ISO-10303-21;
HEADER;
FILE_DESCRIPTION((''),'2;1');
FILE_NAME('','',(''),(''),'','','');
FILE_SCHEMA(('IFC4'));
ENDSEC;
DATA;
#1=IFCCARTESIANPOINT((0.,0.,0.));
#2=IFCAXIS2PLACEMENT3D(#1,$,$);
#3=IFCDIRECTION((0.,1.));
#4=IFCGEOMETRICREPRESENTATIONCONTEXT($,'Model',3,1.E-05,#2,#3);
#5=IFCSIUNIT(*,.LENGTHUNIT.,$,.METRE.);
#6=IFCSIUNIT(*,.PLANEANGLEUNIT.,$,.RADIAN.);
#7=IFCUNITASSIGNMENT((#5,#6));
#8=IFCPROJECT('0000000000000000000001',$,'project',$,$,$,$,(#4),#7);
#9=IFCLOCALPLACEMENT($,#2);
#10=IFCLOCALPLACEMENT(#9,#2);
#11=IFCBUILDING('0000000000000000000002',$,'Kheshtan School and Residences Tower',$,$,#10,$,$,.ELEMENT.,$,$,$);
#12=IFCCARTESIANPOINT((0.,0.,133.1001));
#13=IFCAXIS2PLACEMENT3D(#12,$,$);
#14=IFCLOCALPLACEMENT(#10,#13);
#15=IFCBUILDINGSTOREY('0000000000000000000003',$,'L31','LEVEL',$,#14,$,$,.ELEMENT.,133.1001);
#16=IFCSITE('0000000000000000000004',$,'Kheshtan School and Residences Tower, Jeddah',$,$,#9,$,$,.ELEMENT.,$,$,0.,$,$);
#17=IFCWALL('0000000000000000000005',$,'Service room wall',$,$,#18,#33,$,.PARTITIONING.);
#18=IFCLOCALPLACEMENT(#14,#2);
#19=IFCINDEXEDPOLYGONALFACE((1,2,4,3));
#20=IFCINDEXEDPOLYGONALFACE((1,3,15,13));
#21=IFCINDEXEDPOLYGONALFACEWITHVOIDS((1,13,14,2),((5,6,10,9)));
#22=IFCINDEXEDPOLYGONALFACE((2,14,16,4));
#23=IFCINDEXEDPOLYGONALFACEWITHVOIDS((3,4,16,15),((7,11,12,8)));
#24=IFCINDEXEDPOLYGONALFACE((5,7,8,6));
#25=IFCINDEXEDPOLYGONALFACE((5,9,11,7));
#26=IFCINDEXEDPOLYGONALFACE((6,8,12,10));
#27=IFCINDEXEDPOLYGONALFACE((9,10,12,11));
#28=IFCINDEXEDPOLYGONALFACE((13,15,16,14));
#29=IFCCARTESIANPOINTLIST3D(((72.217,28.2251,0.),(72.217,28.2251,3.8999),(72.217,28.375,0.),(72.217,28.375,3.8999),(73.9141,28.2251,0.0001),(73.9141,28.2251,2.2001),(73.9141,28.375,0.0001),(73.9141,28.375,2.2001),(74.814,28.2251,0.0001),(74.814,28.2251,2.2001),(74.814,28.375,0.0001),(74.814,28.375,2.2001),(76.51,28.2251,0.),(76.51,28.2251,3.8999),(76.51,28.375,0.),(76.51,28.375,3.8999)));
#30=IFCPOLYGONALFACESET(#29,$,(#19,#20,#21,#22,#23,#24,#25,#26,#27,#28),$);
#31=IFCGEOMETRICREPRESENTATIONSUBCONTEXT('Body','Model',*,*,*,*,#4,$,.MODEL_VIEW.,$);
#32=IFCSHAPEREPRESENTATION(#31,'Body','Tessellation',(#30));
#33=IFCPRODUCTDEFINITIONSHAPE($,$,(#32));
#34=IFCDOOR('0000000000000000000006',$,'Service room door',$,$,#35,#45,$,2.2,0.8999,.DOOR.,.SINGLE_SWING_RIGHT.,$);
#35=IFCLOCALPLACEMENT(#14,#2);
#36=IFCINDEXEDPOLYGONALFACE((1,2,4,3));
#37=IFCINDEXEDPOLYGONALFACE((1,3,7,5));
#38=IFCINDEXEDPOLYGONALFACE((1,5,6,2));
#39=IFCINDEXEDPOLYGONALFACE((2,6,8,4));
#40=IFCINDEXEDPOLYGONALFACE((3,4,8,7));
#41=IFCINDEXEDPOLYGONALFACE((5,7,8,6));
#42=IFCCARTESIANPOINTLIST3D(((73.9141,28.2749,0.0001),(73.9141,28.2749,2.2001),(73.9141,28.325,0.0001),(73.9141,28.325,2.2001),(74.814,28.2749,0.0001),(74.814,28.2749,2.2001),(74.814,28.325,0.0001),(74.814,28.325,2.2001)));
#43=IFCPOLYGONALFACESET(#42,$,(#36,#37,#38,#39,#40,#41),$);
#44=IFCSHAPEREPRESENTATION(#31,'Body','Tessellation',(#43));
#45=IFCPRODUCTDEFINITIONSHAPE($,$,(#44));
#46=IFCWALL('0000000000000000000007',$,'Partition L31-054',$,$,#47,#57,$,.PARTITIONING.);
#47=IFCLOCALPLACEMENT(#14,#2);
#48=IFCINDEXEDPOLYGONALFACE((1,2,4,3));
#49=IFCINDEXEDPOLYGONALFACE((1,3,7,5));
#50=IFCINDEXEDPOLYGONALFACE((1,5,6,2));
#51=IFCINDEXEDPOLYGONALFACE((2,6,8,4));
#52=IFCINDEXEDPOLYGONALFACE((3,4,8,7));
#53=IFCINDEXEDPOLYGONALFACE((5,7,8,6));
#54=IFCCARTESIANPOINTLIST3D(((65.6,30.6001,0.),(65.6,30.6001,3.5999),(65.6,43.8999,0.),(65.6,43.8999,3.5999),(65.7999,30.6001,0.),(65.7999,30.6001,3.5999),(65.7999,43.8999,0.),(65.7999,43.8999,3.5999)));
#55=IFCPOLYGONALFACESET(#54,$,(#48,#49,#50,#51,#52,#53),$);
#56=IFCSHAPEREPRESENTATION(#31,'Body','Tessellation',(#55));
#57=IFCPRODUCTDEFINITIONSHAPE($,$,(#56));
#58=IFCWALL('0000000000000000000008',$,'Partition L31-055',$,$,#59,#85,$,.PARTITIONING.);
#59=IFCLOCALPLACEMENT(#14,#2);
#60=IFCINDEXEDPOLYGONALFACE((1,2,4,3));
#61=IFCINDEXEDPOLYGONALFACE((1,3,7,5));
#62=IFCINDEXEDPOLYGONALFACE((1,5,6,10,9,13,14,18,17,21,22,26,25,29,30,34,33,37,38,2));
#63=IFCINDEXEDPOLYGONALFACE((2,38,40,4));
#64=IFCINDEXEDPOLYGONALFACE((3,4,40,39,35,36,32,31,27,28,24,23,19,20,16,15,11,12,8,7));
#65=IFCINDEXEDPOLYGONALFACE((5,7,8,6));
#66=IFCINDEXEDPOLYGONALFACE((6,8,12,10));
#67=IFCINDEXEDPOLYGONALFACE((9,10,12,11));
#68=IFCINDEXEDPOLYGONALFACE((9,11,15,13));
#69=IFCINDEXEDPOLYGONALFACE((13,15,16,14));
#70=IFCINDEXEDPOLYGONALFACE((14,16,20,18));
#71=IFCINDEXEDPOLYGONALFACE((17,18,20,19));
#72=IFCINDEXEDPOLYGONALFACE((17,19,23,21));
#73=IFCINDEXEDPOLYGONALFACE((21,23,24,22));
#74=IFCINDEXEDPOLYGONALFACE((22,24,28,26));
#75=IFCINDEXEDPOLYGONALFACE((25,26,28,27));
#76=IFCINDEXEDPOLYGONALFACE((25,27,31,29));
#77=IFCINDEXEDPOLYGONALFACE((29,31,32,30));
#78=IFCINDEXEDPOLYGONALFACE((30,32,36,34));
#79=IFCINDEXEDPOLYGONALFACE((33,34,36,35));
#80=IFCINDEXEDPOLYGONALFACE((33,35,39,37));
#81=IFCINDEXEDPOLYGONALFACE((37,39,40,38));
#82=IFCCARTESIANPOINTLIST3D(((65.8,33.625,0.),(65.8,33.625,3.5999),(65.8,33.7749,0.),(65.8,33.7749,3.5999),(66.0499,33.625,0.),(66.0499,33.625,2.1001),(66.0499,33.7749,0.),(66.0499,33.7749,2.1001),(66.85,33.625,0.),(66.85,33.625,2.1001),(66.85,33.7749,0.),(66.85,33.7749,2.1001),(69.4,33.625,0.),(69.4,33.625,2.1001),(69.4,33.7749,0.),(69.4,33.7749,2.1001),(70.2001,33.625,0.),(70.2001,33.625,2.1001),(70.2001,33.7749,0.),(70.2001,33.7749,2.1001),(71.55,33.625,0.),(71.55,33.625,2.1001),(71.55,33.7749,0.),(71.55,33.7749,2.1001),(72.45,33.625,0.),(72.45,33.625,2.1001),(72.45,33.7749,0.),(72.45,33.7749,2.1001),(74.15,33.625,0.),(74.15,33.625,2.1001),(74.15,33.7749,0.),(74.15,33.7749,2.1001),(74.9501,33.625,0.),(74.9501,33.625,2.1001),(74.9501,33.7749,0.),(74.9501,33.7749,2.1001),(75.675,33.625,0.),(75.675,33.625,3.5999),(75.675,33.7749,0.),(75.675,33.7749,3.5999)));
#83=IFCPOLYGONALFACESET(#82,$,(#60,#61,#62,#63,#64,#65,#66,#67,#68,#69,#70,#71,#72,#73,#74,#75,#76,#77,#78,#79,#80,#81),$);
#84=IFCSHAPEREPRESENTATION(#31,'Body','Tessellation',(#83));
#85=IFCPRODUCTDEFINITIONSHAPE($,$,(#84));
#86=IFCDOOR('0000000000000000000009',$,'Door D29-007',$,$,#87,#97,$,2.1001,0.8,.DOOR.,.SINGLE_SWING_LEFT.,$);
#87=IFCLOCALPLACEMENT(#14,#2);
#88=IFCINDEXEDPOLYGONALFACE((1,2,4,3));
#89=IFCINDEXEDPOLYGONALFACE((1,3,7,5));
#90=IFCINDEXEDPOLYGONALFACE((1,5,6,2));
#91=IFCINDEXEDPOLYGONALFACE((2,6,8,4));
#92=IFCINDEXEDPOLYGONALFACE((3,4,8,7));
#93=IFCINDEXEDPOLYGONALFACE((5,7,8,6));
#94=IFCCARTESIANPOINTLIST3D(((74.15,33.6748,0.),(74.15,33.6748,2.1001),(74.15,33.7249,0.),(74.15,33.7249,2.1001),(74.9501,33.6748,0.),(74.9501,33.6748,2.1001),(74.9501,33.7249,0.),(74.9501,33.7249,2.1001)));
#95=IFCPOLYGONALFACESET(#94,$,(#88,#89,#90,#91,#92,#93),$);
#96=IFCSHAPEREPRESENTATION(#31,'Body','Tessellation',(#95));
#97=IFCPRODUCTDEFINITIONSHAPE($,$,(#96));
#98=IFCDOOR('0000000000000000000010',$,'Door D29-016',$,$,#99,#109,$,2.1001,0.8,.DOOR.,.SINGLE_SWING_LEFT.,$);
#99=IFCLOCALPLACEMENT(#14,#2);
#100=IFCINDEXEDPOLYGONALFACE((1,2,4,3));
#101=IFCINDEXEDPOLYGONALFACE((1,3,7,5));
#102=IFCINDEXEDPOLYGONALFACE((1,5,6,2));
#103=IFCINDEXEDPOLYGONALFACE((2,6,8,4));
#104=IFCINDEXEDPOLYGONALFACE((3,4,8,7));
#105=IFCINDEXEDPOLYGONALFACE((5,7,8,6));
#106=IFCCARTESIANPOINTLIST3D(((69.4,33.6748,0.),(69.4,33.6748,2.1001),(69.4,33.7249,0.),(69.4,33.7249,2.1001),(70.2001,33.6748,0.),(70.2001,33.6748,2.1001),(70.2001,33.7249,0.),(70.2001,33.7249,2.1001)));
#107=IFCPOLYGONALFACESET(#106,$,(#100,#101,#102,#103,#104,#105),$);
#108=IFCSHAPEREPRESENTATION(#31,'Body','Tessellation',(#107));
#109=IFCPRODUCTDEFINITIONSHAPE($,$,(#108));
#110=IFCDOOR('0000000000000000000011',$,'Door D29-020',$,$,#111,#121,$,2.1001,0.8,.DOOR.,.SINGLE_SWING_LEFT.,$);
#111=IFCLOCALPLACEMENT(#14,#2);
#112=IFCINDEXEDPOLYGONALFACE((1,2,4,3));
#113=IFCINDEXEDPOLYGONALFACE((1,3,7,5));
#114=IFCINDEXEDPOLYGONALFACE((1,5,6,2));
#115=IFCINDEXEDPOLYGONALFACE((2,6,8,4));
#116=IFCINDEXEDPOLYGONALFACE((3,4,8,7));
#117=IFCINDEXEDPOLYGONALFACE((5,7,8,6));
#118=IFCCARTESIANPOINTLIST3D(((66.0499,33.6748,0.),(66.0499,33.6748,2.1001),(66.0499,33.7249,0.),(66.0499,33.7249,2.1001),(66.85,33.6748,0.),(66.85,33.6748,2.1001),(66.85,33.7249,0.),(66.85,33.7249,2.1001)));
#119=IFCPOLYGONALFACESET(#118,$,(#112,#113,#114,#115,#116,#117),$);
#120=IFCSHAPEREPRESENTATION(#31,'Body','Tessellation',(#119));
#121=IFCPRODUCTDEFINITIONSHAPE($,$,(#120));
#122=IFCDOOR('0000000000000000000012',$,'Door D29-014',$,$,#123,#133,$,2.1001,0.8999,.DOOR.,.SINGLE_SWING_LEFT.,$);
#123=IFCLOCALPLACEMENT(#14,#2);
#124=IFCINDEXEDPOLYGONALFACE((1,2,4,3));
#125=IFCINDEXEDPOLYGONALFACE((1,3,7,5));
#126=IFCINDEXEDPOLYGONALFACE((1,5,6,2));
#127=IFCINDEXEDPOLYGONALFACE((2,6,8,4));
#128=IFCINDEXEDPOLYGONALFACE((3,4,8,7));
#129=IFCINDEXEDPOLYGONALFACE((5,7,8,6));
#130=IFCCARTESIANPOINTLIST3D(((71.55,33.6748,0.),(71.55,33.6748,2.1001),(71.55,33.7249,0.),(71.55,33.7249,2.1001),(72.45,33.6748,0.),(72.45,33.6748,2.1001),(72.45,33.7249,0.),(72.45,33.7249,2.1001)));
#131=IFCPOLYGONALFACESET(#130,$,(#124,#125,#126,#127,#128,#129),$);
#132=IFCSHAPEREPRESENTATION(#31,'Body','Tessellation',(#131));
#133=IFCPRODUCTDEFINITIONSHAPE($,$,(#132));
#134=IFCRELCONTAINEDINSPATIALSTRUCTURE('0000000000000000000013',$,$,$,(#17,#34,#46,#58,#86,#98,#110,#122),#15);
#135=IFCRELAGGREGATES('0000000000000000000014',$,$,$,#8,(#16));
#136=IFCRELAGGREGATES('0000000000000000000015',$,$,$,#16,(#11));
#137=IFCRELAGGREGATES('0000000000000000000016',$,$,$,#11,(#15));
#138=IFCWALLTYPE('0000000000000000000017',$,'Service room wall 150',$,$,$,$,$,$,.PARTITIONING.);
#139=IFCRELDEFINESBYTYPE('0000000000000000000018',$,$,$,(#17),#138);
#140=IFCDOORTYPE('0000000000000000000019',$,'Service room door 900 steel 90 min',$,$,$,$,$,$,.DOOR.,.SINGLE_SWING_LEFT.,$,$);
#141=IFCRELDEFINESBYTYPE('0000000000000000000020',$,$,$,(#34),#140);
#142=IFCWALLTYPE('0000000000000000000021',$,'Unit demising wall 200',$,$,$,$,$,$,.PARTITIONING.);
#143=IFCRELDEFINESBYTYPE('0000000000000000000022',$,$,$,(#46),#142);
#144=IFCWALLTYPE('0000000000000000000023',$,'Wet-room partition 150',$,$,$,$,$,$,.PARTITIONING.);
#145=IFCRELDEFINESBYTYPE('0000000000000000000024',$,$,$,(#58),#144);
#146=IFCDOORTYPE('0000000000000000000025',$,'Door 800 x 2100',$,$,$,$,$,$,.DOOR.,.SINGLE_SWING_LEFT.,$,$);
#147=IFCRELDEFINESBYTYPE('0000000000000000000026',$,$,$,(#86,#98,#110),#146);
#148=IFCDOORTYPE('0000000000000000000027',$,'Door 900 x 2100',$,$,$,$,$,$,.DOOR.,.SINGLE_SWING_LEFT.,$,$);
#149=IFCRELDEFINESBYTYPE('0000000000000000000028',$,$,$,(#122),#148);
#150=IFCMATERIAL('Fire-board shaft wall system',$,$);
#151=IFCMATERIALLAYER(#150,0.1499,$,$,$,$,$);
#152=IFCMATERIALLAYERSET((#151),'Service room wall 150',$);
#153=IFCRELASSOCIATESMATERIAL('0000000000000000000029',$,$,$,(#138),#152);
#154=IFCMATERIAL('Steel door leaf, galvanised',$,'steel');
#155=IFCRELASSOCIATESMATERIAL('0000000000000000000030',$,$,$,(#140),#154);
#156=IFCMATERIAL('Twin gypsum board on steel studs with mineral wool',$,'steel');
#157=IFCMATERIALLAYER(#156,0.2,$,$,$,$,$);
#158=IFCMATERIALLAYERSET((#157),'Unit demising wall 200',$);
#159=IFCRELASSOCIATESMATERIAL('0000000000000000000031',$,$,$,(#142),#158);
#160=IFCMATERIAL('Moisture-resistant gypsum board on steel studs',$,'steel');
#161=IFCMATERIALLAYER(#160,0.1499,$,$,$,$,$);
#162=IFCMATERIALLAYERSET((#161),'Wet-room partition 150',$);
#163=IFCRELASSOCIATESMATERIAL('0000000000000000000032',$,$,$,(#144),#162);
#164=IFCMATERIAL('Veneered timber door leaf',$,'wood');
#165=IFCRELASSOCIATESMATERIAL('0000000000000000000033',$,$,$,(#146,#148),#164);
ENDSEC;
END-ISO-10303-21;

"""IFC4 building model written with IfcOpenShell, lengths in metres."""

from ifc_helpers import new_model, si_unit, direction, frame, frame_2d, origin, place, context, subcontext, project, spatial, rectangle, extrude, source, transform, mapped, material, layer, layer_set, type_object, element, fill, save


model = new_model("IFC4")

# Units and contexts
model_context = context("Model", 3, precision=1e-05, world=origin(), true_north=direction((0.0, 1.0)))
body_context = subcontext(model_context, "Body", "Model", "MODEL_VIEW")
ifc_project = project(units=[si_unit("LENGTHUNIT", "METRE"), si_unit("PLANEANGLEUNIT", "RADIAN")], contexts=[model_context])

# Site, building, storey
site_placement = place(None, origin())
site = spatial("IfcSite", under=ifc_project, at=site_placement, Name="Kheshtan School and Residences Tower, Jeddah", CompositionType="ELEMENT", RefElevation=0.0)
building_placement = place(site_placement, origin())
building = spatial("IfcBuilding", under=site, at=building_placement, Name="Kheshtan School and Residences Tower", CompositionType="ELEMENT")
storey_placement = place(building_placement, frame((0.0, 0.0, 133.1001)))
storey = spatial("IfcBuildingStorey", under=building, at=storey_placement, Name="L31", Description="LEVEL", CompositionType="ELEMENT", Elevation=133.1001)

# Wall, opening, door
ifc_material_1 = material(Name="Fire-board shaft wall system")
ifc_layer_1 = layer(ifc_material_1, 0.1499)
ifc_layer_set_1 = layer_set([ifc_layer_1], Name="Service room wall 150")
wall_type_1 = type_object("IfcWallType", Name="Service room wall 150", PredefinedType="PARTITIONING", material=ifc_layer_set_1)
wall_1_placement = place(storey_placement, frame((72.217, 28.3, 0.0), z_axis=(0.0, 0.0, 1.0), x_axis=(1.0, 0.0, 0.0)))
wall_1 = element("IfcWall", 1, at=wall_1_placement, inside=storey, type_object=wall_type_1, Name="Service room wall", PredefinedType="PARTITIONING", context=body_context, shape_type="SweptSolid", body=[
    extrude(rectangle(XDim=4.293, YDim=0.1499, at=frame_2d((2.1465, 0.0))), origin(), (0.0, 0.0, 1.0), 3.8999),
])
opening_1_placement = place(wall_1_placement, frame((1.697, 0.0, 0.0)))
opening_1 = element("IfcOpeningElement", 2, at=opening_1_placement, cuts=wall_1, PredefinedType="OPENING", context=body_context, shape_type="SweptSolid", body=[
    extrude(rectangle(XDim=0.8999, YDim=2.2, at=frame_2d((0.45, 1.1001))), frame((0.0, 0.085, 0.0), z_axis=(0.0, -1.0, 0.0), x_axis=(1.0, 0.0, 0.0)), (0.0, 0.0, 1.0), 0.1699),
])
ifc_material_2 = material(Name="Steel door leaf, galvanised", Category="steel")
door_type_1 = type_object("IfcDoorType", Name="Service room door 900 steel 90 min", OperationType="SINGLE_SWING_LEFT", PredefinedType="DOOR", material=ifc_material_2)
shared_shape_1 = source(origin(), body_context, "Body", "SweptSolid", [
    extrude(rectangle(XDim=0.8999, YDim=2.2, at=frame_2d((0.45, 1.1001))), frame((0.0, 0.0249, 0.0), z_axis=(0.0, -1.0, 0.0), x_axis=(1.0, 0.0, 0.0)), (0.0, 0.0, 1.0), 0.05),
])
door_1_placement = place(opening_1_placement, origin())
door_1 = element("IfcDoor", 3, at=door_1_placement, inside=storey, type_object=door_type_1, Name="Service room door", OperationType="SINGLE_SWING_RIGHT", OverallHeight=2.2, OverallWidth=0.8999, PredefinedType="DOOR", context=body_context, shape_type="MappedRepresentation", body=[
    mapped(shared_shape_1, transform((0.0, 0.0, 0.0), x_axis=(1.0, 0.0, 0.0), y_axis=(0.0, 1.0, 0.0), z_axis=(0.0, 0.0, 1.0), scale=1.0)),
])
fill(opening_1, door_1)

# Wall
ifc_material_3 = material(Name="Twin gypsum board on steel studs with mineral wool", Category="steel")
ifc_layer_2 = layer(ifc_material_3, 0.2)
ifc_layer_set_2 = layer_set([ifc_layer_2], Name="Unit demising wall 200")
wall_type_2 = type_object("IfcWallType", Name="Unit demising wall 200", PredefinedType="PARTITIONING", material=ifc_layer_set_2)
wall_2_placement = place(storey_placement, frame((65.7, 30.6001, 0.0), z_axis=(0.0, 0.0, 1.0), x_axis=(0.0, 1.0, 0.0)))
element("IfcWall", 4, at=wall_2_placement, inside=storey, type_object=wall_type_2, Name="Partition L31-054", PredefinedType="PARTITIONING", context=body_context, shape_type="SweptSolid", body=[
    extrude(rectangle(XDim=13.2998, YDim=0.2, at=frame_2d((6.6499, 0.0))), origin(), (0.0, 0.0, 1.0), 3.5999),
])

# Wall, openings, doors
ifc_material_4 = material(Name="Moisture-resistant gypsum board on steel studs", Category="steel")
ifc_layer_3 = layer(ifc_material_4, 0.1499)
ifc_layer_set_3 = layer_set([ifc_layer_3], Name="Wet-room partition 150")
wall_type_3 = type_object("IfcWallType", Name="Wet-room partition 150", PredefinedType="PARTITIONING", material=ifc_layer_set_3)
wall_3_placement = place(storey_placement, frame((65.8, 33.7, 0.0), z_axis=(0.0, 0.0, 1.0), x_axis=(1.0, 0.0, 0.0)))
wall_3 = element("IfcWall", 5, at=wall_3_placement, inside=storey, type_object=wall_type_3, Name="Partition L31-055", PredefinedType="PARTITIONING", context=body_context, shape_type="SweptSolid", body=[
    extrude(rectangle(XDim=9.875, YDim=0.1499, at=frame_2d((4.9375, 0.0))), origin(), (0.0, 0.0, 1.0), 3.5999),
])
opening_2_placement = place(wall_3_placement, frame((8.3501, 0.0, 0.0)))
opening_2 = element("IfcOpeningElement", 6, at=opening_2_placement, cuts=wall_3, PredefinedType="OPENING", context=body_context, shape_type="SweptSolid", body=[
    extrude(rectangle(XDim=0.8, YDim=2.1001, at=frame_2d((0.3999, 1.05))), frame((0.0, 0.085, 0.0), z_axis=(0.0, -1.0, 0.0), x_axis=(1.0, 0.0, 0.0)), (0.0, 0.0, 1.0), 0.1699),
])
opening_3_placement = place(wall_3_placement, frame((5.75, 0.0, 0.0)))
opening_3 = element("IfcOpeningElement", 7, at=opening_3_placement, cuts=wall_3, PredefinedType="OPENING", context=body_context, shape_type="SweptSolid", body=[
    extrude(rectangle(XDim=0.8999, YDim=2.1001, at=frame_2d((0.45, 1.05))), frame((0.0, 0.085, 0.0), z_axis=(0.0, -1.0, 0.0), x_axis=(1.0, 0.0, 0.0)), (0.0, 0.0, 1.0), 0.1699),
])
opening_4_placement = place(wall_3_placement, frame((3.6001, 0.0, 0.0)))
opening_4 = element("IfcOpeningElement", 8, at=opening_4_placement, cuts=wall_3, PredefinedType="OPENING", context=body_context, shape_type="SweptSolid", body=[
    extrude(rectangle(XDim=0.8, YDim=2.1001, at=frame_2d((0.3999, 1.05))), frame((0.0, 0.085, 0.0), z_axis=(0.0, -1.0, 0.0), x_axis=(1.0, 0.0, 0.0)), (0.0, 0.0, 1.0), 0.1699),
])
opening_5_placement = place(wall_3_placement, frame((0.25, 0.0, 0.0)))
opening_5 = element("IfcOpeningElement", 9, at=opening_5_placement, cuts=wall_3, PredefinedType="OPENING", context=body_context, shape_type="SweptSolid", body=[
    extrude(rectangle(XDim=0.8, YDim=2.1001, at=frame_2d((0.3999, 1.05))), frame((0.0, 0.085, 0.0), z_axis=(0.0, -1.0, 0.0), x_axis=(1.0, 0.0, 0.0)), (0.0, 0.0, 1.0), 0.1699),
])
ifc_material_5 = material(Name="Veneered timber door leaf", Category="wood")
door_type_2 = type_object("IfcDoorType", Name="Door 800 x 2100", OperationType="SINGLE_SWING_LEFT", PredefinedType="DOOR", material=ifc_material_5)
shared_shape_2 = source(origin(), body_context, "Body", "SweptSolid", [
    extrude(rectangle(XDim=0.8, YDim=2.1001, at=frame_2d((0.3999, 1.05))), frame((0.0, 0.0249, 0.0), z_axis=(0.0, -1.0, 0.0), x_axis=(1.0, 0.0, 0.0)), (0.0, 0.0, 1.0), 0.05),
])
door_2_placement = place(opening_2_placement, origin())
door_2 = element("IfcDoor", 10, at=door_2_placement, inside=storey, type_object=door_type_2, Name="Door D29-007", OperationType="SINGLE_SWING_LEFT", OverallHeight=2.1001, OverallWidth=0.8, PredefinedType="DOOR", context=body_context, shape_type="MappedRepresentation", body=[
    mapped(shared_shape_2, transform((0.0, 0.0, 0.0), x_axis=(1.0, 0.0, 0.0), y_axis=(0.0, 1.0, 0.0), z_axis=(0.0, 0.0, 1.0), scale=1.0)),
])
fill(opening_2, door_2)
door_3_placement = place(opening_4_placement, origin())
door_3 = element("IfcDoor", 11, at=door_3_placement, inside=storey, type_object=door_type_2, Name="Door D29-016", OperationType="SINGLE_SWING_LEFT", OverallHeight=2.1001, OverallWidth=0.8, PredefinedType="DOOR", context=body_context, shape_type="MappedRepresentation", body=[
    mapped(shared_shape_2, transform((0.0, 0.0, 0.0), x_axis=(1.0, 0.0, 0.0), y_axis=(0.0, 1.0, 0.0), z_axis=(0.0, 0.0, 1.0), scale=1.0)),
])
fill(opening_4, door_3)
door_4_placement = place(opening_5_placement, origin())
door_4 = element("IfcDoor", 12, at=door_4_placement, inside=storey, type_object=door_type_2, Name="Door D29-020", OperationType="SINGLE_SWING_LEFT", OverallHeight=2.1001, OverallWidth=0.8, PredefinedType="DOOR", context=body_context, shape_type="MappedRepresentation", body=[
    mapped(shared_shape_2, transform((0.0, 0.0, 0.0), x_axis=(1.0, 0.0, 0.0), y_axis=(0.0, 1.0, 0.0), z_axis=(0.0, 0.0, 1.0), scale=1.0)),
])
fill(opening_5, door_4)
door_type_3 = type_object("IfcDoorType", Name="Door 900 x 2100", OperationType="SINGLE_SWING_LEFT", PredefinedType="DOOR", material=ifc_material_5)
shared_shape_3 = source(origin(), body_context, "Body", "SweptSolid", [
    extrude(rectangle(XDim=0.8999, YDim=2.1001, at=frame_2d((0.45, 1.05))), frame((0.0, 0.0249, 0.0), z_axis=(0.0, -1.0, 0.0), x_axis=(1.0, 0.0, 0.0)), (0.0, 0.0, 1.0), 0.05),
])
door_5_placement = place(opening_3_placement, origin())
door_5 = element("IfcDoor", 13, at=door_5_placement, inside=storey, type_object=door_type_3, Name="Door D29-014", OperationType="SINGLE_SWING_LEFT", OverallHeight=2.1001, OverallWidth=0.8999, PredefinedType="DOOR", context=body_context, shape_type="MappedRepresentation", body=[
    mapped(shared_shape_3, transform((0.0, 0.0, 0.0), x_axis=(1.0, 0.0, 0.0), y_axis=(0.0, 1.0, 0.0), z_axis=(0.0, 0.0, 1.0), scale=1.0)),
])
fill(opening_3, door_5)

save(model, "model.ifc")
